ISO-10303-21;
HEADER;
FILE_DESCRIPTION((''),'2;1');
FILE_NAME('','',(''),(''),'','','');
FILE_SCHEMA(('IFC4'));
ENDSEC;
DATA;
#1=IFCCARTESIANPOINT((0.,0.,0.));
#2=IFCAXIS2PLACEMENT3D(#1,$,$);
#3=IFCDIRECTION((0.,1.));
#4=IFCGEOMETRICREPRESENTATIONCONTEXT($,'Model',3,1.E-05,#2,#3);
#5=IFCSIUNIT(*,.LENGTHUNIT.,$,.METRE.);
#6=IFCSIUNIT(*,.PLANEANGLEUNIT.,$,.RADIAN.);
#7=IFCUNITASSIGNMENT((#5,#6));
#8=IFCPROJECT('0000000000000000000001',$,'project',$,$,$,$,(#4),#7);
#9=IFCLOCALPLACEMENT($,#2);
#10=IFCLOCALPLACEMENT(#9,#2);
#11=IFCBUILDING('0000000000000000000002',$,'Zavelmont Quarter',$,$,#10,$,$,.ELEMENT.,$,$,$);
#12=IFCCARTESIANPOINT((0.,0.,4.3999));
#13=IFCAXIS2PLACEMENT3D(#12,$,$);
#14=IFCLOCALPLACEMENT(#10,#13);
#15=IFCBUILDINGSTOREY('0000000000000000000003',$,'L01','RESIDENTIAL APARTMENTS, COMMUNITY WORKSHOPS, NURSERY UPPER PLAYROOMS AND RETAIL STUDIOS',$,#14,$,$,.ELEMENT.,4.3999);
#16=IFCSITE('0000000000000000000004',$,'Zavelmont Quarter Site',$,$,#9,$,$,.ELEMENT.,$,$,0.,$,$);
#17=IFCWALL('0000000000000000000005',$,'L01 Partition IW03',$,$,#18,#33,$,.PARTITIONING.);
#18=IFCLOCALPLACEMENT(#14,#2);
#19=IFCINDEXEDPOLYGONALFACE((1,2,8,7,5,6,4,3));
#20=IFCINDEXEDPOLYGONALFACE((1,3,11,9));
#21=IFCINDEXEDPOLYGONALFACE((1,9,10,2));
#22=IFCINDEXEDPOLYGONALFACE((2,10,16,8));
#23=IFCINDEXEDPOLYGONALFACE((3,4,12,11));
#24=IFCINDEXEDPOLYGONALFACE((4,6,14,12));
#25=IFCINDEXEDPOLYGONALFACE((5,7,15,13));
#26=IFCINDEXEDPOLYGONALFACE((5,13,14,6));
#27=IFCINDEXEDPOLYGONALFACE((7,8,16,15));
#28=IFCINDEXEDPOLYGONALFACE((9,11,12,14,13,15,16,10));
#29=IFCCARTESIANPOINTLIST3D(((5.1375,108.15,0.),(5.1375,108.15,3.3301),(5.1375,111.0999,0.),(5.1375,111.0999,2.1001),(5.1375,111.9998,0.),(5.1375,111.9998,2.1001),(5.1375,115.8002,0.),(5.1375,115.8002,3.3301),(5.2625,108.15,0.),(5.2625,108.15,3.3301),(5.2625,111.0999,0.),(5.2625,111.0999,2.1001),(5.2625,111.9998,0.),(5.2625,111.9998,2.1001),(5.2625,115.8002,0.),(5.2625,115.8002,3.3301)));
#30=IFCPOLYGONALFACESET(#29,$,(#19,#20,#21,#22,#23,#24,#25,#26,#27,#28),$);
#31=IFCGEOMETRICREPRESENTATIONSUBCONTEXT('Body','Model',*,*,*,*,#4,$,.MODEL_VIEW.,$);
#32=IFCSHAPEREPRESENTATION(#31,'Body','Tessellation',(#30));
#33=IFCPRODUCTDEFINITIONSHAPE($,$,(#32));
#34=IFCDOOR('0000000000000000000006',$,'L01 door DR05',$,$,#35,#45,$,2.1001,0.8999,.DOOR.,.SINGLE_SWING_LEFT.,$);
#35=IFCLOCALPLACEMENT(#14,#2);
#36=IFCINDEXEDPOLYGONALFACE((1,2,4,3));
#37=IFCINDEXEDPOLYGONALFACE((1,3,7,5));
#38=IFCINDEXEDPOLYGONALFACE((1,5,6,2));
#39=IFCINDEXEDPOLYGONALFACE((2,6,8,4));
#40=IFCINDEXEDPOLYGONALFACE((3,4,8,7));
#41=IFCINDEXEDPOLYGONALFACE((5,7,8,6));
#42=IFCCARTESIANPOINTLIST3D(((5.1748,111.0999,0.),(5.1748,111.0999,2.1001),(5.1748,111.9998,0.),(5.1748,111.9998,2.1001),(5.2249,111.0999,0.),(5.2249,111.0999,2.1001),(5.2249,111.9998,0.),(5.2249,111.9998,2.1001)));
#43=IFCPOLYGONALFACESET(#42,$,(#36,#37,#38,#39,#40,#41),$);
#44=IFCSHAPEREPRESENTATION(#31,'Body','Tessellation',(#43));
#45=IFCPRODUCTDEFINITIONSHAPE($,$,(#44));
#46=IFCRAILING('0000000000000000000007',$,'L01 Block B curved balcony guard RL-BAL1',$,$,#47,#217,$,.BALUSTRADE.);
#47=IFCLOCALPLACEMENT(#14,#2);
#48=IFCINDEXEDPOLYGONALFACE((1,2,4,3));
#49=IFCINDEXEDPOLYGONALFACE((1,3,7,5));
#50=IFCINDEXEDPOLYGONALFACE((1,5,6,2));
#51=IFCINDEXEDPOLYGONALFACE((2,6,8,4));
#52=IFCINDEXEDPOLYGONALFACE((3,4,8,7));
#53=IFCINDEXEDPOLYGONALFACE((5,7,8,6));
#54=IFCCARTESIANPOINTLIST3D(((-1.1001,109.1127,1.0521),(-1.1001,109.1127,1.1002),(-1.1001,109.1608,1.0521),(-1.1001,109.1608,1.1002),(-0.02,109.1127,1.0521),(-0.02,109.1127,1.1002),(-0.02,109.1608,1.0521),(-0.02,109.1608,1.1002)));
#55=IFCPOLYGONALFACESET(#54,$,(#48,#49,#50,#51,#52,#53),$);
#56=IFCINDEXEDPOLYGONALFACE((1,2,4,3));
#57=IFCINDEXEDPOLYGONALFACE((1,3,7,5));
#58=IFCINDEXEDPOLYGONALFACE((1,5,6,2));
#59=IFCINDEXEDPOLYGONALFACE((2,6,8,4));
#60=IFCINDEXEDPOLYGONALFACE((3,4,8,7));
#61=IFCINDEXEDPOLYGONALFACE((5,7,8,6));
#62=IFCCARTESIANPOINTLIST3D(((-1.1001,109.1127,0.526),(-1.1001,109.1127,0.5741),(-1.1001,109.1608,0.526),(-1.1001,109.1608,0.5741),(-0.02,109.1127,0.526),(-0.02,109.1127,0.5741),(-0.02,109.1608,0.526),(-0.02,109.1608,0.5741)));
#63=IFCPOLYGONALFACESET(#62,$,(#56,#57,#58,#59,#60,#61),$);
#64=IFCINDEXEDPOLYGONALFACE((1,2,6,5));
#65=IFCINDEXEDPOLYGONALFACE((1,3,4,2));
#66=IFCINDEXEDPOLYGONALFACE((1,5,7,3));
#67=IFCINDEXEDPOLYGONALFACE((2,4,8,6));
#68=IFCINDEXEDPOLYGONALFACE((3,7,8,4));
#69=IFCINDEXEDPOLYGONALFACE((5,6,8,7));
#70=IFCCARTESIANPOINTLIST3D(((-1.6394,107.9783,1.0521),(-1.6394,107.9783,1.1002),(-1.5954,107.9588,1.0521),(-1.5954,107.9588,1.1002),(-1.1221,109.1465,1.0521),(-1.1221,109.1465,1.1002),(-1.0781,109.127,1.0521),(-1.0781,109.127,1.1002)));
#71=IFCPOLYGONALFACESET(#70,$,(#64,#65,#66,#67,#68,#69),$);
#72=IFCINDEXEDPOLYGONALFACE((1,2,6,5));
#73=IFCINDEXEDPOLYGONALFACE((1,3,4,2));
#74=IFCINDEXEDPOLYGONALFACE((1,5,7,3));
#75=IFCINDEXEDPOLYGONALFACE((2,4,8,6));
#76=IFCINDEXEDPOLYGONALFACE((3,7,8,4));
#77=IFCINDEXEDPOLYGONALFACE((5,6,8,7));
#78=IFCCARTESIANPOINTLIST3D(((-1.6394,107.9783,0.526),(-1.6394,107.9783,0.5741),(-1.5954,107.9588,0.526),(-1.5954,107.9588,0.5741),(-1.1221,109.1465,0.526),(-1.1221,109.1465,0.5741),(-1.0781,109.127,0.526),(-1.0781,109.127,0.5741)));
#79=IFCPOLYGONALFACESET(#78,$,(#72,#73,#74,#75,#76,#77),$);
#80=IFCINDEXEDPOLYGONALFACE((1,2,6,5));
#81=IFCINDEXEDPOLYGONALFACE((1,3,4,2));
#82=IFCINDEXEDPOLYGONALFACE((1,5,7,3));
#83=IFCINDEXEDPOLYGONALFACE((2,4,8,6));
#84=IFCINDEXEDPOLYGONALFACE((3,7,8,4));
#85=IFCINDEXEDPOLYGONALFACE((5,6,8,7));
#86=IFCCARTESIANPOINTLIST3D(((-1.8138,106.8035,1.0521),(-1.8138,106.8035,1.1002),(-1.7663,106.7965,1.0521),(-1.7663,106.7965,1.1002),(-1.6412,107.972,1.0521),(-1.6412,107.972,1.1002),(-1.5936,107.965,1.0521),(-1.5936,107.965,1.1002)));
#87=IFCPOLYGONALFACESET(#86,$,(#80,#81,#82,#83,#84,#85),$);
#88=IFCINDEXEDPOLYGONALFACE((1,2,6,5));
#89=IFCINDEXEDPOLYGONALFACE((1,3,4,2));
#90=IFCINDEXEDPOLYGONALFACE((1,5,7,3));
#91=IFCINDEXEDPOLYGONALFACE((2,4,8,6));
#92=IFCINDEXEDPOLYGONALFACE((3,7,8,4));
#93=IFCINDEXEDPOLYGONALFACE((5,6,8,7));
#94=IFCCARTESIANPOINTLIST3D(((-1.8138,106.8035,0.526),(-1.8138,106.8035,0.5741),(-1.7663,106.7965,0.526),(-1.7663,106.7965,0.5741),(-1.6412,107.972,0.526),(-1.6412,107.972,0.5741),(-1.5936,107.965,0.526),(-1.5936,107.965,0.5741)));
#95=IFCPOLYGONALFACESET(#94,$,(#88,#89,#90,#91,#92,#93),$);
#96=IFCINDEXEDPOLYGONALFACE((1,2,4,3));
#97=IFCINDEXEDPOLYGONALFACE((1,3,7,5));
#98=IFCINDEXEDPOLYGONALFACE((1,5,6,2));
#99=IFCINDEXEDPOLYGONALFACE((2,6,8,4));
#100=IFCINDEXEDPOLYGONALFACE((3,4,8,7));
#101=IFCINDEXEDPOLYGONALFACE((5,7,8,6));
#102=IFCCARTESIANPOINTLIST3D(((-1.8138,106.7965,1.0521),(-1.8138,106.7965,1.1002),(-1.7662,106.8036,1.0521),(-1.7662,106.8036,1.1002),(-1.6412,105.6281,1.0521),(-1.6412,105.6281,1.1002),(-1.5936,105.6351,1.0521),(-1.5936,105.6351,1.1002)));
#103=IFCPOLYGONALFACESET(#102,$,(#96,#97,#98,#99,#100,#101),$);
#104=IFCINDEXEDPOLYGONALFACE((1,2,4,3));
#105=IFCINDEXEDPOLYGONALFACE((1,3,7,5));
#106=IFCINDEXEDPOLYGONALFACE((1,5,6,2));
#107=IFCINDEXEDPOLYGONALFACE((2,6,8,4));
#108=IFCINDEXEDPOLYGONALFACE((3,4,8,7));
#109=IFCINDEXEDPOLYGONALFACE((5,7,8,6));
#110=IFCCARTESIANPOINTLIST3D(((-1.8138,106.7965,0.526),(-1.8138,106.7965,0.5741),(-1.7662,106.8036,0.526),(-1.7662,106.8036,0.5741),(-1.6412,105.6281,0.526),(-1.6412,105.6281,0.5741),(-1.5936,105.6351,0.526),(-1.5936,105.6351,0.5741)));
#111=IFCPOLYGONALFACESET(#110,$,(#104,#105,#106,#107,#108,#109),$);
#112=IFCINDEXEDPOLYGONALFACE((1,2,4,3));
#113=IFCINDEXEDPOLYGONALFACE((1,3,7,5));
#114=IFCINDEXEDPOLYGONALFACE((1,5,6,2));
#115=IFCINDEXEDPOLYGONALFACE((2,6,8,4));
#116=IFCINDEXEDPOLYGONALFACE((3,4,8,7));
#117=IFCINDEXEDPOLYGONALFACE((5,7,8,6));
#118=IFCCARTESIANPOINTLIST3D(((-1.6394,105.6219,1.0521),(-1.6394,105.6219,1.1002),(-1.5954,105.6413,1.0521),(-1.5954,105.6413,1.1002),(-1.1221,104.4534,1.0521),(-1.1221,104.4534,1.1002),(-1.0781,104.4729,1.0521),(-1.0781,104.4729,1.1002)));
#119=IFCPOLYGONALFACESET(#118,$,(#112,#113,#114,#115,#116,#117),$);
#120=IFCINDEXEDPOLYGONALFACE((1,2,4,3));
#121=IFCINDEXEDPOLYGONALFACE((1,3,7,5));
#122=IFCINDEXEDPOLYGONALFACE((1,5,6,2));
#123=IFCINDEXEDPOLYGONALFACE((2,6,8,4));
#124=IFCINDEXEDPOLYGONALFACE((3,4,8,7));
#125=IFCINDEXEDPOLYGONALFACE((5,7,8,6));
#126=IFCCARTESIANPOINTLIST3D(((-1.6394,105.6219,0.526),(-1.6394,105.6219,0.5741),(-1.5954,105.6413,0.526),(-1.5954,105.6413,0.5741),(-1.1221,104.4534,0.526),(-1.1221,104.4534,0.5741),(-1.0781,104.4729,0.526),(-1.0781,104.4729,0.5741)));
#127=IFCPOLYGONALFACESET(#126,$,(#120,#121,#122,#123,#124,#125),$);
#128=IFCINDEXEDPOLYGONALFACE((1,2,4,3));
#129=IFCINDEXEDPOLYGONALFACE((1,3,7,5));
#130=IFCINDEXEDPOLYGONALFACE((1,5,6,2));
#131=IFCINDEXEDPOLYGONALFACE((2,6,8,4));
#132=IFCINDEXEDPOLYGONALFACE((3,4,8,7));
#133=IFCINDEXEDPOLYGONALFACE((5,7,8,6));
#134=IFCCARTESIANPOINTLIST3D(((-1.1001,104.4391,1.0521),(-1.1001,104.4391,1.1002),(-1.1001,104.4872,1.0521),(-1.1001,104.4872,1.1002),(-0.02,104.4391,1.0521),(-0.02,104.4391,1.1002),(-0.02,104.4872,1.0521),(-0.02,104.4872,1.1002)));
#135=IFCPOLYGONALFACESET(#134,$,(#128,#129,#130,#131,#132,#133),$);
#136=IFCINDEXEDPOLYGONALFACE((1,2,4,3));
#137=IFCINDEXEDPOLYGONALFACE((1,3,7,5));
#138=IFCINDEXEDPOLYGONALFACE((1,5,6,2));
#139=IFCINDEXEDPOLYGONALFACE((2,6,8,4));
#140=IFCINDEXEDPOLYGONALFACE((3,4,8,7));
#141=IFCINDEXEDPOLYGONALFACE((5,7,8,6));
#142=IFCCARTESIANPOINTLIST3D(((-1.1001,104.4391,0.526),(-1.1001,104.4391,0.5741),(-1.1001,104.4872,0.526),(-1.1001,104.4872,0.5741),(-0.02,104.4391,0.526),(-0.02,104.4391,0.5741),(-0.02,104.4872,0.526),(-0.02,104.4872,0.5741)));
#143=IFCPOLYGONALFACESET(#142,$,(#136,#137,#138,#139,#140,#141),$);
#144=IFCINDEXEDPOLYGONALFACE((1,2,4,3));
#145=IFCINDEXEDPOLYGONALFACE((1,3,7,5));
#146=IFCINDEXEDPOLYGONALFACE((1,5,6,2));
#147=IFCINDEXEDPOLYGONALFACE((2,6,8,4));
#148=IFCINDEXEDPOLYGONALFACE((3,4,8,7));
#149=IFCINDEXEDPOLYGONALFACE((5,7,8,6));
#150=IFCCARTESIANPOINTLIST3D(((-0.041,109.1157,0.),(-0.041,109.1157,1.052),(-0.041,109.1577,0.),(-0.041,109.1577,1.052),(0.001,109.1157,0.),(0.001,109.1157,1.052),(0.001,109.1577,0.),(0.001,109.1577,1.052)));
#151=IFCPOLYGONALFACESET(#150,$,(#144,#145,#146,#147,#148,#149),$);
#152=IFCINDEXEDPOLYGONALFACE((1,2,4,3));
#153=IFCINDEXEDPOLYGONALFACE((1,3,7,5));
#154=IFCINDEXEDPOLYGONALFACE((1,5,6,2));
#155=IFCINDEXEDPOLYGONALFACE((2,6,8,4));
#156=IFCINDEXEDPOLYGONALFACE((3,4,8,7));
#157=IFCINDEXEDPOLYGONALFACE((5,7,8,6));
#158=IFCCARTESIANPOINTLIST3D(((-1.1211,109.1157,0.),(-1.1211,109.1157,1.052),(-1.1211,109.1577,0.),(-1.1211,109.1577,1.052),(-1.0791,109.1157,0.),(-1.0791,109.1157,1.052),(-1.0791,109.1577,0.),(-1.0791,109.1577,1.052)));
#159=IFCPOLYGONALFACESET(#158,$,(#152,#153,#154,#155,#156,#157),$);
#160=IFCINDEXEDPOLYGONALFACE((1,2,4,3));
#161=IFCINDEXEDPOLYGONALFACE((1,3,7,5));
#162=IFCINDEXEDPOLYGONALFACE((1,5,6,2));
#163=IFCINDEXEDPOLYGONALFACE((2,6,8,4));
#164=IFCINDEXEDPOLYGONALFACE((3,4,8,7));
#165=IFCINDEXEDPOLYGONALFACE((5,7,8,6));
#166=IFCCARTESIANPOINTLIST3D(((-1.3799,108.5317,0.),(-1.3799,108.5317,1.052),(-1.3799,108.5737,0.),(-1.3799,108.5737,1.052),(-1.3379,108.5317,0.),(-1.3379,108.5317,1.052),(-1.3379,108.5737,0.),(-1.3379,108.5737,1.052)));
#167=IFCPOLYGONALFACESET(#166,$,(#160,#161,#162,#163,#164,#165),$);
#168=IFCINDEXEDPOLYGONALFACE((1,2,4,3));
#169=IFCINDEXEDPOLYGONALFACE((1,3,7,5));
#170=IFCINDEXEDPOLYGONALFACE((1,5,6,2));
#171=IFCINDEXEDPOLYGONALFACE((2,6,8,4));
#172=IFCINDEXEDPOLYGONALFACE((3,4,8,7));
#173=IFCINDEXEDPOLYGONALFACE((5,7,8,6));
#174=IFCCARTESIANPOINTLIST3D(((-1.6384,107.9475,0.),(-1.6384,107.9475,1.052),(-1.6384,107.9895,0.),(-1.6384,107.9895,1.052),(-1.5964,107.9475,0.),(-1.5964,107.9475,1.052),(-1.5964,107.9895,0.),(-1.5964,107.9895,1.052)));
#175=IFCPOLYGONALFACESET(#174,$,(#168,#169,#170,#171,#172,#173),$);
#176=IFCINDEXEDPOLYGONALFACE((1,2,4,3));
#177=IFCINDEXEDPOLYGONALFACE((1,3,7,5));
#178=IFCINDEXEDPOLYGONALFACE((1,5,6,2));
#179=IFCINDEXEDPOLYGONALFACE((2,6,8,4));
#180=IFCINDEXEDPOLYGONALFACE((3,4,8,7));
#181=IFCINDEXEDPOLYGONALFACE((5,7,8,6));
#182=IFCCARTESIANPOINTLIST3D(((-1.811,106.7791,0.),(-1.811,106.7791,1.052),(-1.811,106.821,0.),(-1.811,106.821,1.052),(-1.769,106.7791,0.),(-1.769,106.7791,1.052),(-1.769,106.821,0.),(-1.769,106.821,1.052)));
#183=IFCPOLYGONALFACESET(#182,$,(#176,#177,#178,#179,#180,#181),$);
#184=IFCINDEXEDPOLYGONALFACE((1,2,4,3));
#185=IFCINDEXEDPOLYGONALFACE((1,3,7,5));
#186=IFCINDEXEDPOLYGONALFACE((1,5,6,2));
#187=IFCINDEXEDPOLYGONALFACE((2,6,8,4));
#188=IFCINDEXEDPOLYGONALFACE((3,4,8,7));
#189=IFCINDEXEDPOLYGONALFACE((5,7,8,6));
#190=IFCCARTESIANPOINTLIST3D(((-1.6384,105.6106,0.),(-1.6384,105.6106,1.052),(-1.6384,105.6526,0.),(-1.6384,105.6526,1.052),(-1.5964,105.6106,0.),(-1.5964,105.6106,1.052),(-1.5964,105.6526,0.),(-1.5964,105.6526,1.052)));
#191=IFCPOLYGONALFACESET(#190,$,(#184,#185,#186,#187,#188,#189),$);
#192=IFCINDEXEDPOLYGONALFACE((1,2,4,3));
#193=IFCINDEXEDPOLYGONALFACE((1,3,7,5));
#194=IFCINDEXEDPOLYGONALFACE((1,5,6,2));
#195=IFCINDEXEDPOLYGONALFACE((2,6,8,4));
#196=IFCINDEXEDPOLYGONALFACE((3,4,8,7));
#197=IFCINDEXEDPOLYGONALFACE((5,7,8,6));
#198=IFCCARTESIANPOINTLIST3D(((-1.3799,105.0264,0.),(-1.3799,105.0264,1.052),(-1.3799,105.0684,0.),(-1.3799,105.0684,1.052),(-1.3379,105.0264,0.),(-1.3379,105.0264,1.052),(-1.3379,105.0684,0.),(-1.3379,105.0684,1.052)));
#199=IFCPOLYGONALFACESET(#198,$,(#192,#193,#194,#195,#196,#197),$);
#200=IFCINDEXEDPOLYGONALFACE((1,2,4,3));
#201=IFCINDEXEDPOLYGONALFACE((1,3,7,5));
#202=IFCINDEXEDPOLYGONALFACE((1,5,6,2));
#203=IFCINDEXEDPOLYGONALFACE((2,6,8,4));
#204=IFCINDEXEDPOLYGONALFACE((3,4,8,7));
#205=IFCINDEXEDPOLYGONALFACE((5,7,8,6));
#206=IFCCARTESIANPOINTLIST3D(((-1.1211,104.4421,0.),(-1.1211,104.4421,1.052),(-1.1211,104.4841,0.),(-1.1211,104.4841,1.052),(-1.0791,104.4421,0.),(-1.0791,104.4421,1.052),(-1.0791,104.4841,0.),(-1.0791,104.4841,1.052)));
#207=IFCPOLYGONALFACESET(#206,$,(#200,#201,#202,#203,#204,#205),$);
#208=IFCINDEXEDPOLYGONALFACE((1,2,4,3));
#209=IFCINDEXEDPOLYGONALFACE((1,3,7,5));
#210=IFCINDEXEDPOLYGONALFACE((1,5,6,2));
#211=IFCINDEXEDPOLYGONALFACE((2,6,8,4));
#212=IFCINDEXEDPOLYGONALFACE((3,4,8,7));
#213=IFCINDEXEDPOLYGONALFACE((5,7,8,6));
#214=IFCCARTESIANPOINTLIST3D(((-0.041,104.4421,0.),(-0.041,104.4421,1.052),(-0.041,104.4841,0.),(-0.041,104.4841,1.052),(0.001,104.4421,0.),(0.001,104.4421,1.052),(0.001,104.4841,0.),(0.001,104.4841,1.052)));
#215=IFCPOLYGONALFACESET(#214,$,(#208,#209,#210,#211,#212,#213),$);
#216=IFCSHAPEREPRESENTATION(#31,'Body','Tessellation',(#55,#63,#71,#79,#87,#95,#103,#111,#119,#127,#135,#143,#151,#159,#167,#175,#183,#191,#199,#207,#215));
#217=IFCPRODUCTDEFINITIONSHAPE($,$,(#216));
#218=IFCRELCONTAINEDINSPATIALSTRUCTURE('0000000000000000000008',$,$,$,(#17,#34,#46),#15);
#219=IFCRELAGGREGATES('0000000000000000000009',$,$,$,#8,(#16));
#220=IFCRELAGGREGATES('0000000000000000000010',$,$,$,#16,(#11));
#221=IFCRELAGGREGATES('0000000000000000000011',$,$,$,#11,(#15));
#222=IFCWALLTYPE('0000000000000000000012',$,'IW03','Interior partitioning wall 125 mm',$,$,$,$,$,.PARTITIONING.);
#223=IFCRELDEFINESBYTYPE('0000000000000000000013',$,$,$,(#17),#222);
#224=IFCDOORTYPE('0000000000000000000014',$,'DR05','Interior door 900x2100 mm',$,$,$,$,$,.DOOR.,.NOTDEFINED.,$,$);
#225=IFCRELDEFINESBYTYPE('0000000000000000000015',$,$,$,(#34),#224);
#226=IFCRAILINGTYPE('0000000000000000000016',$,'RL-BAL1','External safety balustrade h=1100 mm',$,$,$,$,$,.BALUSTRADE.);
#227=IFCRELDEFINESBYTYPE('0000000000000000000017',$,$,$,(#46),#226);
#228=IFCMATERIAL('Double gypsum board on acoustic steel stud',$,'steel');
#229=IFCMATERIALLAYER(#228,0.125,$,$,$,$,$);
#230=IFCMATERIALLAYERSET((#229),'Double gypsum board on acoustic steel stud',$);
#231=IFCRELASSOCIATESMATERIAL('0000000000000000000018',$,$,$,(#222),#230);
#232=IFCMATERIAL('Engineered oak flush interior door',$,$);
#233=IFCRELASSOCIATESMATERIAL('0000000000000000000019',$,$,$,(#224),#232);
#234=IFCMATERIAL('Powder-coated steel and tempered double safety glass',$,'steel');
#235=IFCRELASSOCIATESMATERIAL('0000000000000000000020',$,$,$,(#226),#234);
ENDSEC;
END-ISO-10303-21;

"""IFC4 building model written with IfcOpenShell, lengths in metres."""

from ifc_helpers import new_model, si_unit, direction, frame, frame_2d, origin, origin_2d, place, context, subcontext, project, spatial, rectangle, extrude, material, layer, layer_set, type_object, element, fill, save


model = new_model("IFC4")

# Units and contexts
model_context = context("Model", 3, precision=1e-05, world=origin(), true_north=direction((0.0, 1.0)))
body_context = subcontext(model_context, "Body", "Model", "MODEL_VIEW")
ifc_project = project(units=[si_unit("LENGTHUNIT", "METRE"), si_unit("PLANEANGLEUNIT", "RADIAN")], contexts=[model_context])

# Site, building, storey
site_placement = place(None, origin())
site = spatial("IfcSite", under=ifc_project, at=site_placement, Name="Zavelmont Quarter Site", CompositionType="ELEMENT", RefElevation=0.0)
building_placement = place(site_placement, origin())
building = spatial("IfcBuilding", under=site, at=building_placement, Name="Zavelmont Quarter", CompositionType="ELEMENT")
storey_placement = place(building_placement, frame((0.0, 0.0, 4.3999)))
storey = spatial("IfcBuildingStorey", under=building, at=storey_placement, Name="L01", Description="RESIDENTIAL APARTMENTS, COMMUNITY WORKSHOPS, NURSERY UPPER PLAYROOMS AND RETAIL STUDIOS", CompositionType="ELEMENT", Elevation=4.3999)

# Wall, opening, door
ifc_material_1 = material(Name="Double gypsum board on acoustic steel stud", Category="steel")
ifc_layer_1 = layer(ifc_material_1, 0.125)
ifc_layer_set_1 = layer_set([ifc_layer_1], Name="Double gypsum board on acoustic steel stud")
wall_type_1 = type_object("IfcWallType", Name="IW03", Description="Interior partitioning wall 125 mm", PredefinedType="PARTITIONING", material=ifc_layer_set_1)
wall_1_placement = place(storey_placement, frame((5.2, 108.1499, 0.0), z_axis=(0.0, 0.0, 1.0), x_axis=(0.0, 1.0, 0.0)))
wall_1 = element("IfcWall", 1, at=wall_1_placement, inside=storey, type_object=wall_type_1, Name="L01 Partition IW03", PredefinedType="PARTITIONING", context=body_context, shape_type="SweptSolid", body=[
    extrude(rectangle(XDim=7.6501, YDim=0.125, at=frame_2d((3.8252, 0.0))), origin(), (0.0, 0.0, 1.0), 3.3301),
])
opening_1_placement = place(wall_1_placement, frame((2.95, 0.0, 0.0)))
opening_1 = element("IfcOpeningElement", 2, at=opening_1_placement, cuts=wall_1, PredefinedType="OPENING", context=body_context, shape_type="SweptSolid", body=[
    extrude(rectangle(XDim=0.8999, YDim=2.1001, at=frame_2d((0.45, 1.05))), frame((0.0, 0.0745, 0.0), z_axis=(0.0, -1.0, 0.0), x_axis=(1.0, 0.0, 0.0)), (0.0, 0.0, 1.0), 0.1489),
])
ifc_material_2 = material(Name="Engineered oak flush interior door")
door_type_1 = type_object("IfcDoorType", Name="DR05", Description="Interior door 900x2100 mm", OperationType="NOTDEFINED", PredefinedType="DOOR", material=ifc_material_2)
door_1_placement = place(opening_1_placement, frame((0.8999, 0.0, 0.0), z_axis=(0.0, 0.0, 1.0), x_axis=(-1.0, 0.0, 0.0)))
door_1 = element("IfcDoor", 3, at=door_1_placement, inside=storey, type_object=door_type_1, Name="L01 door DR05", OperationType="SINGLE_SWING_LEFT", OverallHeight=2.1001, OverallWidth=0.8999, PredefinedType="DOOR", context=body_context, shape_type="SweptSolid", body=[
    extrude(rectangle(XDim=0.8999, YDim=2.1001, at=frame_2d((0.45, 1.05))), frame((0.0, 0.0249, 0.0), z_axis=(0.0, -1.0, 0.0), x_axis=(1.0, 0.0, 0.0)), (0.0, 0.0, 1.0), 0.05),
])
fill(opening_1, door_1)

# Railing
ifc_material_3 = material(Name="Powder-coated steel and tempered double safety glass", Category="steel")
railing_type = type_object("IfcRailingType", Name="RL-BAL1", Description="External safety balustrade h=1100 mm", PredefinedType="BALUSTRADE", material=ifc_material_3)
railing_placement = place(storey_placement, frame((-0.02, 109.1367, 0.0)))
element("IfcRailing", 4, at=railing_placement, inside=storey, type_object=railing_type, Name="L01 Block B curved balcony guard RL-BAL1", PredefinedType="BALUSTRADE", context=body_context, shape_type="SweptSolid", body=[
    extrude(rectangle(XDim=0.0481, YDim=0.0481, at=origin_2d()), frame((0.0, 0.0, 1.0762), z_axis=(-1.0, 0.0, 0.0), x_axis=(0.0, -1.0, 0.0)), (0.0, 0.0, 1.0), 1.0801),
    extrude(rectangle(XDim=0.0481, YDim=0.0481, at=origin_2d()), frame((0.0, 0.0, 0.55), z_axis=(-1.0, 0.0, 0.0), x_axis=(0.0, -1.0, 0.0)), (0.0, 0.0, 1.0), 1.0801),
    extrude(rectangle(XDim=0.0481, YDim=0.0481, at=origin_2d()), frame((-1.0801, 0.0, 1.0762), z_axis=(-0.404915, -0.914354, 0.0), x_axis=(0.914354, -0.404915, 0.0)), (0.0, 0.0, 1.0), 1.2776),
    extrude(rectangle(XDim=0.0481, YDim=0.0481, at=origin_2d()), frame((-1.0801, 0.0, 0.55), z_axis=(-0.404915, -0.914354, 0.0), x_axis=(0.914354, -0.404915, 0.0)), (0.0, 0.0, 1.0), 1.2776),
    extrude(rectangle(XDim=0.0481, YDim=0.0481, at=origin_2d()), frame((-1.5974, -1.1682, 1.0762), z_axis=(-0.146137, -0.989264, 0.0), x_axis=(0.989264, -0.146137, 0.0)), (0.0, 0.0, 1.0), 1.1812),
    extrude(rectangle(XDim=0.0481, YDim=0.0481, at=origin_2d()), frame((-1.5974, -1.1682, 0.55), z_axis=(-0.146137, -0.989264, 0.0), x_axis=(0.989264, -0.146137, 0.0)), (0.0, 0.0, 1.0), 1.1812),
    extrude(rectangle(XDim=0.0481, YDim=0.0481, at=origin_2d()), frame((-1.77, -2.3367, 1.0762), z_axis=(0.146137, -0.989264, 0.0), x_axis=(0.989264, 0.146137, 0.0)), (0.0, 0.0, 1.0), 1.1812),
    extrude(rectangle(XDim=0.0481, YDim=0.0481, at=origin_2d()), frame((-1.77, -2.3367, 0.55), z_axis=(0.146137, -0.989264, 0.0), x_axis=(0.989264, 0.146137, 0.0)), (0.0, 0.0, 1.0), 1.1812),
    extrude(rectangle(XDim=0.0481, YDim=0.0481, at=origin_2d()), frame((-1.5974, -3.5051, 1.0762), z_axis=(0.404844, -0.914386, 0.0), x_axis=(0.914386, 0.404844, 0.0)), (0.0, 0.0, 1.0), 1.2778),
    extrude(rectangle(XDim=0.0481, YDim=0.0481, at=origin_2d()), frame((-1.5974, -3.5051, 0.55), z_axis=(0.404844, -0.914386, 0.0), x_axis=(0.914386, 0.404844, 0.0)), (0.0, 0.0, 1.0), 1.2778),
    extrude(rectangle(XDim=0.0481, YDim=0.0481, at=origin_2d()), frame((-1.0801, -4.6736, 1.0762), z_axis=(1.0, 0.0, 0.0), x_axis=(0.0, 1.0, 0.0)), (0.0, 0.0, 1.0), 1.0801),
    extrude(rectangle(XDim=0.0481, YDim=0.0481, at=origin_2d()), frame((-1.0801, -4.6736, 0.55), z_axis=(1.0, 0.0, 0.0), x_axis=(0.0, 1.0, 0.0)), (0.0, 0.0, 1.0), 1.0801),
    extrude(rectangle(XDim=0.042, YDim=0.042, at=origin_2d()), origin(), (0.0, 0.0, 1.0), 1.052),
    extrude(rectangle(XDim=0.042, YDim=0.042, at=origin_2d()), frame((-1.0801, 0.0, 0.0)), (0.0, 0.0, 1.0), 1.052),
    extrude(rectangle(XDim=0.042, YDim=0.042, at=origin_2d()), frame((-1.3389, -0.584, 0.0)), (0.0, 0.0, 1.0), 1.052),
    extrude(rectangle(XDim=0.042, YDim=0.042, at=origin_2d()), frame((-1.5974, -1.1682, 0.0)), (0.0, 0.0, 1.0), 1.052),
    extrude(rectangle(XDim=0.042, YDim=0.042, at=origin_2d()), frame((-1.77, -2.3367, 0.0)), (0.0, 0.0, 1.0), 1.052),
    extrude(rectangle(XDim=0.042, YDim=0.042, at=origin_2d()), frame((-1.5974, -3.5051, 0.0)), (0.0, 0.0, 1.0), 1.052),
    extrude(rectangle(XDim=0.042, YDim=0.042, at=origin_2d()), frame((-1.3389, -4.0894, 0.0)), (0.0, 0.0, 1.0), 1.052),
    extrude(rectangle(XDim=0.042, YDim=0.042, at=origin_2d()), frame((-1.0801, -4.6736, 0.0)), (0.0, 0.0, 1.0), 1.052),
    extrude(rectangle(XDim=0.042, YDim=0.042, at=origin_2d()), frame((0.0, -4.6736, 0.0)), (0.0, 0.0, 1.0), 1.052),
])

save(model, "model.ifc")
